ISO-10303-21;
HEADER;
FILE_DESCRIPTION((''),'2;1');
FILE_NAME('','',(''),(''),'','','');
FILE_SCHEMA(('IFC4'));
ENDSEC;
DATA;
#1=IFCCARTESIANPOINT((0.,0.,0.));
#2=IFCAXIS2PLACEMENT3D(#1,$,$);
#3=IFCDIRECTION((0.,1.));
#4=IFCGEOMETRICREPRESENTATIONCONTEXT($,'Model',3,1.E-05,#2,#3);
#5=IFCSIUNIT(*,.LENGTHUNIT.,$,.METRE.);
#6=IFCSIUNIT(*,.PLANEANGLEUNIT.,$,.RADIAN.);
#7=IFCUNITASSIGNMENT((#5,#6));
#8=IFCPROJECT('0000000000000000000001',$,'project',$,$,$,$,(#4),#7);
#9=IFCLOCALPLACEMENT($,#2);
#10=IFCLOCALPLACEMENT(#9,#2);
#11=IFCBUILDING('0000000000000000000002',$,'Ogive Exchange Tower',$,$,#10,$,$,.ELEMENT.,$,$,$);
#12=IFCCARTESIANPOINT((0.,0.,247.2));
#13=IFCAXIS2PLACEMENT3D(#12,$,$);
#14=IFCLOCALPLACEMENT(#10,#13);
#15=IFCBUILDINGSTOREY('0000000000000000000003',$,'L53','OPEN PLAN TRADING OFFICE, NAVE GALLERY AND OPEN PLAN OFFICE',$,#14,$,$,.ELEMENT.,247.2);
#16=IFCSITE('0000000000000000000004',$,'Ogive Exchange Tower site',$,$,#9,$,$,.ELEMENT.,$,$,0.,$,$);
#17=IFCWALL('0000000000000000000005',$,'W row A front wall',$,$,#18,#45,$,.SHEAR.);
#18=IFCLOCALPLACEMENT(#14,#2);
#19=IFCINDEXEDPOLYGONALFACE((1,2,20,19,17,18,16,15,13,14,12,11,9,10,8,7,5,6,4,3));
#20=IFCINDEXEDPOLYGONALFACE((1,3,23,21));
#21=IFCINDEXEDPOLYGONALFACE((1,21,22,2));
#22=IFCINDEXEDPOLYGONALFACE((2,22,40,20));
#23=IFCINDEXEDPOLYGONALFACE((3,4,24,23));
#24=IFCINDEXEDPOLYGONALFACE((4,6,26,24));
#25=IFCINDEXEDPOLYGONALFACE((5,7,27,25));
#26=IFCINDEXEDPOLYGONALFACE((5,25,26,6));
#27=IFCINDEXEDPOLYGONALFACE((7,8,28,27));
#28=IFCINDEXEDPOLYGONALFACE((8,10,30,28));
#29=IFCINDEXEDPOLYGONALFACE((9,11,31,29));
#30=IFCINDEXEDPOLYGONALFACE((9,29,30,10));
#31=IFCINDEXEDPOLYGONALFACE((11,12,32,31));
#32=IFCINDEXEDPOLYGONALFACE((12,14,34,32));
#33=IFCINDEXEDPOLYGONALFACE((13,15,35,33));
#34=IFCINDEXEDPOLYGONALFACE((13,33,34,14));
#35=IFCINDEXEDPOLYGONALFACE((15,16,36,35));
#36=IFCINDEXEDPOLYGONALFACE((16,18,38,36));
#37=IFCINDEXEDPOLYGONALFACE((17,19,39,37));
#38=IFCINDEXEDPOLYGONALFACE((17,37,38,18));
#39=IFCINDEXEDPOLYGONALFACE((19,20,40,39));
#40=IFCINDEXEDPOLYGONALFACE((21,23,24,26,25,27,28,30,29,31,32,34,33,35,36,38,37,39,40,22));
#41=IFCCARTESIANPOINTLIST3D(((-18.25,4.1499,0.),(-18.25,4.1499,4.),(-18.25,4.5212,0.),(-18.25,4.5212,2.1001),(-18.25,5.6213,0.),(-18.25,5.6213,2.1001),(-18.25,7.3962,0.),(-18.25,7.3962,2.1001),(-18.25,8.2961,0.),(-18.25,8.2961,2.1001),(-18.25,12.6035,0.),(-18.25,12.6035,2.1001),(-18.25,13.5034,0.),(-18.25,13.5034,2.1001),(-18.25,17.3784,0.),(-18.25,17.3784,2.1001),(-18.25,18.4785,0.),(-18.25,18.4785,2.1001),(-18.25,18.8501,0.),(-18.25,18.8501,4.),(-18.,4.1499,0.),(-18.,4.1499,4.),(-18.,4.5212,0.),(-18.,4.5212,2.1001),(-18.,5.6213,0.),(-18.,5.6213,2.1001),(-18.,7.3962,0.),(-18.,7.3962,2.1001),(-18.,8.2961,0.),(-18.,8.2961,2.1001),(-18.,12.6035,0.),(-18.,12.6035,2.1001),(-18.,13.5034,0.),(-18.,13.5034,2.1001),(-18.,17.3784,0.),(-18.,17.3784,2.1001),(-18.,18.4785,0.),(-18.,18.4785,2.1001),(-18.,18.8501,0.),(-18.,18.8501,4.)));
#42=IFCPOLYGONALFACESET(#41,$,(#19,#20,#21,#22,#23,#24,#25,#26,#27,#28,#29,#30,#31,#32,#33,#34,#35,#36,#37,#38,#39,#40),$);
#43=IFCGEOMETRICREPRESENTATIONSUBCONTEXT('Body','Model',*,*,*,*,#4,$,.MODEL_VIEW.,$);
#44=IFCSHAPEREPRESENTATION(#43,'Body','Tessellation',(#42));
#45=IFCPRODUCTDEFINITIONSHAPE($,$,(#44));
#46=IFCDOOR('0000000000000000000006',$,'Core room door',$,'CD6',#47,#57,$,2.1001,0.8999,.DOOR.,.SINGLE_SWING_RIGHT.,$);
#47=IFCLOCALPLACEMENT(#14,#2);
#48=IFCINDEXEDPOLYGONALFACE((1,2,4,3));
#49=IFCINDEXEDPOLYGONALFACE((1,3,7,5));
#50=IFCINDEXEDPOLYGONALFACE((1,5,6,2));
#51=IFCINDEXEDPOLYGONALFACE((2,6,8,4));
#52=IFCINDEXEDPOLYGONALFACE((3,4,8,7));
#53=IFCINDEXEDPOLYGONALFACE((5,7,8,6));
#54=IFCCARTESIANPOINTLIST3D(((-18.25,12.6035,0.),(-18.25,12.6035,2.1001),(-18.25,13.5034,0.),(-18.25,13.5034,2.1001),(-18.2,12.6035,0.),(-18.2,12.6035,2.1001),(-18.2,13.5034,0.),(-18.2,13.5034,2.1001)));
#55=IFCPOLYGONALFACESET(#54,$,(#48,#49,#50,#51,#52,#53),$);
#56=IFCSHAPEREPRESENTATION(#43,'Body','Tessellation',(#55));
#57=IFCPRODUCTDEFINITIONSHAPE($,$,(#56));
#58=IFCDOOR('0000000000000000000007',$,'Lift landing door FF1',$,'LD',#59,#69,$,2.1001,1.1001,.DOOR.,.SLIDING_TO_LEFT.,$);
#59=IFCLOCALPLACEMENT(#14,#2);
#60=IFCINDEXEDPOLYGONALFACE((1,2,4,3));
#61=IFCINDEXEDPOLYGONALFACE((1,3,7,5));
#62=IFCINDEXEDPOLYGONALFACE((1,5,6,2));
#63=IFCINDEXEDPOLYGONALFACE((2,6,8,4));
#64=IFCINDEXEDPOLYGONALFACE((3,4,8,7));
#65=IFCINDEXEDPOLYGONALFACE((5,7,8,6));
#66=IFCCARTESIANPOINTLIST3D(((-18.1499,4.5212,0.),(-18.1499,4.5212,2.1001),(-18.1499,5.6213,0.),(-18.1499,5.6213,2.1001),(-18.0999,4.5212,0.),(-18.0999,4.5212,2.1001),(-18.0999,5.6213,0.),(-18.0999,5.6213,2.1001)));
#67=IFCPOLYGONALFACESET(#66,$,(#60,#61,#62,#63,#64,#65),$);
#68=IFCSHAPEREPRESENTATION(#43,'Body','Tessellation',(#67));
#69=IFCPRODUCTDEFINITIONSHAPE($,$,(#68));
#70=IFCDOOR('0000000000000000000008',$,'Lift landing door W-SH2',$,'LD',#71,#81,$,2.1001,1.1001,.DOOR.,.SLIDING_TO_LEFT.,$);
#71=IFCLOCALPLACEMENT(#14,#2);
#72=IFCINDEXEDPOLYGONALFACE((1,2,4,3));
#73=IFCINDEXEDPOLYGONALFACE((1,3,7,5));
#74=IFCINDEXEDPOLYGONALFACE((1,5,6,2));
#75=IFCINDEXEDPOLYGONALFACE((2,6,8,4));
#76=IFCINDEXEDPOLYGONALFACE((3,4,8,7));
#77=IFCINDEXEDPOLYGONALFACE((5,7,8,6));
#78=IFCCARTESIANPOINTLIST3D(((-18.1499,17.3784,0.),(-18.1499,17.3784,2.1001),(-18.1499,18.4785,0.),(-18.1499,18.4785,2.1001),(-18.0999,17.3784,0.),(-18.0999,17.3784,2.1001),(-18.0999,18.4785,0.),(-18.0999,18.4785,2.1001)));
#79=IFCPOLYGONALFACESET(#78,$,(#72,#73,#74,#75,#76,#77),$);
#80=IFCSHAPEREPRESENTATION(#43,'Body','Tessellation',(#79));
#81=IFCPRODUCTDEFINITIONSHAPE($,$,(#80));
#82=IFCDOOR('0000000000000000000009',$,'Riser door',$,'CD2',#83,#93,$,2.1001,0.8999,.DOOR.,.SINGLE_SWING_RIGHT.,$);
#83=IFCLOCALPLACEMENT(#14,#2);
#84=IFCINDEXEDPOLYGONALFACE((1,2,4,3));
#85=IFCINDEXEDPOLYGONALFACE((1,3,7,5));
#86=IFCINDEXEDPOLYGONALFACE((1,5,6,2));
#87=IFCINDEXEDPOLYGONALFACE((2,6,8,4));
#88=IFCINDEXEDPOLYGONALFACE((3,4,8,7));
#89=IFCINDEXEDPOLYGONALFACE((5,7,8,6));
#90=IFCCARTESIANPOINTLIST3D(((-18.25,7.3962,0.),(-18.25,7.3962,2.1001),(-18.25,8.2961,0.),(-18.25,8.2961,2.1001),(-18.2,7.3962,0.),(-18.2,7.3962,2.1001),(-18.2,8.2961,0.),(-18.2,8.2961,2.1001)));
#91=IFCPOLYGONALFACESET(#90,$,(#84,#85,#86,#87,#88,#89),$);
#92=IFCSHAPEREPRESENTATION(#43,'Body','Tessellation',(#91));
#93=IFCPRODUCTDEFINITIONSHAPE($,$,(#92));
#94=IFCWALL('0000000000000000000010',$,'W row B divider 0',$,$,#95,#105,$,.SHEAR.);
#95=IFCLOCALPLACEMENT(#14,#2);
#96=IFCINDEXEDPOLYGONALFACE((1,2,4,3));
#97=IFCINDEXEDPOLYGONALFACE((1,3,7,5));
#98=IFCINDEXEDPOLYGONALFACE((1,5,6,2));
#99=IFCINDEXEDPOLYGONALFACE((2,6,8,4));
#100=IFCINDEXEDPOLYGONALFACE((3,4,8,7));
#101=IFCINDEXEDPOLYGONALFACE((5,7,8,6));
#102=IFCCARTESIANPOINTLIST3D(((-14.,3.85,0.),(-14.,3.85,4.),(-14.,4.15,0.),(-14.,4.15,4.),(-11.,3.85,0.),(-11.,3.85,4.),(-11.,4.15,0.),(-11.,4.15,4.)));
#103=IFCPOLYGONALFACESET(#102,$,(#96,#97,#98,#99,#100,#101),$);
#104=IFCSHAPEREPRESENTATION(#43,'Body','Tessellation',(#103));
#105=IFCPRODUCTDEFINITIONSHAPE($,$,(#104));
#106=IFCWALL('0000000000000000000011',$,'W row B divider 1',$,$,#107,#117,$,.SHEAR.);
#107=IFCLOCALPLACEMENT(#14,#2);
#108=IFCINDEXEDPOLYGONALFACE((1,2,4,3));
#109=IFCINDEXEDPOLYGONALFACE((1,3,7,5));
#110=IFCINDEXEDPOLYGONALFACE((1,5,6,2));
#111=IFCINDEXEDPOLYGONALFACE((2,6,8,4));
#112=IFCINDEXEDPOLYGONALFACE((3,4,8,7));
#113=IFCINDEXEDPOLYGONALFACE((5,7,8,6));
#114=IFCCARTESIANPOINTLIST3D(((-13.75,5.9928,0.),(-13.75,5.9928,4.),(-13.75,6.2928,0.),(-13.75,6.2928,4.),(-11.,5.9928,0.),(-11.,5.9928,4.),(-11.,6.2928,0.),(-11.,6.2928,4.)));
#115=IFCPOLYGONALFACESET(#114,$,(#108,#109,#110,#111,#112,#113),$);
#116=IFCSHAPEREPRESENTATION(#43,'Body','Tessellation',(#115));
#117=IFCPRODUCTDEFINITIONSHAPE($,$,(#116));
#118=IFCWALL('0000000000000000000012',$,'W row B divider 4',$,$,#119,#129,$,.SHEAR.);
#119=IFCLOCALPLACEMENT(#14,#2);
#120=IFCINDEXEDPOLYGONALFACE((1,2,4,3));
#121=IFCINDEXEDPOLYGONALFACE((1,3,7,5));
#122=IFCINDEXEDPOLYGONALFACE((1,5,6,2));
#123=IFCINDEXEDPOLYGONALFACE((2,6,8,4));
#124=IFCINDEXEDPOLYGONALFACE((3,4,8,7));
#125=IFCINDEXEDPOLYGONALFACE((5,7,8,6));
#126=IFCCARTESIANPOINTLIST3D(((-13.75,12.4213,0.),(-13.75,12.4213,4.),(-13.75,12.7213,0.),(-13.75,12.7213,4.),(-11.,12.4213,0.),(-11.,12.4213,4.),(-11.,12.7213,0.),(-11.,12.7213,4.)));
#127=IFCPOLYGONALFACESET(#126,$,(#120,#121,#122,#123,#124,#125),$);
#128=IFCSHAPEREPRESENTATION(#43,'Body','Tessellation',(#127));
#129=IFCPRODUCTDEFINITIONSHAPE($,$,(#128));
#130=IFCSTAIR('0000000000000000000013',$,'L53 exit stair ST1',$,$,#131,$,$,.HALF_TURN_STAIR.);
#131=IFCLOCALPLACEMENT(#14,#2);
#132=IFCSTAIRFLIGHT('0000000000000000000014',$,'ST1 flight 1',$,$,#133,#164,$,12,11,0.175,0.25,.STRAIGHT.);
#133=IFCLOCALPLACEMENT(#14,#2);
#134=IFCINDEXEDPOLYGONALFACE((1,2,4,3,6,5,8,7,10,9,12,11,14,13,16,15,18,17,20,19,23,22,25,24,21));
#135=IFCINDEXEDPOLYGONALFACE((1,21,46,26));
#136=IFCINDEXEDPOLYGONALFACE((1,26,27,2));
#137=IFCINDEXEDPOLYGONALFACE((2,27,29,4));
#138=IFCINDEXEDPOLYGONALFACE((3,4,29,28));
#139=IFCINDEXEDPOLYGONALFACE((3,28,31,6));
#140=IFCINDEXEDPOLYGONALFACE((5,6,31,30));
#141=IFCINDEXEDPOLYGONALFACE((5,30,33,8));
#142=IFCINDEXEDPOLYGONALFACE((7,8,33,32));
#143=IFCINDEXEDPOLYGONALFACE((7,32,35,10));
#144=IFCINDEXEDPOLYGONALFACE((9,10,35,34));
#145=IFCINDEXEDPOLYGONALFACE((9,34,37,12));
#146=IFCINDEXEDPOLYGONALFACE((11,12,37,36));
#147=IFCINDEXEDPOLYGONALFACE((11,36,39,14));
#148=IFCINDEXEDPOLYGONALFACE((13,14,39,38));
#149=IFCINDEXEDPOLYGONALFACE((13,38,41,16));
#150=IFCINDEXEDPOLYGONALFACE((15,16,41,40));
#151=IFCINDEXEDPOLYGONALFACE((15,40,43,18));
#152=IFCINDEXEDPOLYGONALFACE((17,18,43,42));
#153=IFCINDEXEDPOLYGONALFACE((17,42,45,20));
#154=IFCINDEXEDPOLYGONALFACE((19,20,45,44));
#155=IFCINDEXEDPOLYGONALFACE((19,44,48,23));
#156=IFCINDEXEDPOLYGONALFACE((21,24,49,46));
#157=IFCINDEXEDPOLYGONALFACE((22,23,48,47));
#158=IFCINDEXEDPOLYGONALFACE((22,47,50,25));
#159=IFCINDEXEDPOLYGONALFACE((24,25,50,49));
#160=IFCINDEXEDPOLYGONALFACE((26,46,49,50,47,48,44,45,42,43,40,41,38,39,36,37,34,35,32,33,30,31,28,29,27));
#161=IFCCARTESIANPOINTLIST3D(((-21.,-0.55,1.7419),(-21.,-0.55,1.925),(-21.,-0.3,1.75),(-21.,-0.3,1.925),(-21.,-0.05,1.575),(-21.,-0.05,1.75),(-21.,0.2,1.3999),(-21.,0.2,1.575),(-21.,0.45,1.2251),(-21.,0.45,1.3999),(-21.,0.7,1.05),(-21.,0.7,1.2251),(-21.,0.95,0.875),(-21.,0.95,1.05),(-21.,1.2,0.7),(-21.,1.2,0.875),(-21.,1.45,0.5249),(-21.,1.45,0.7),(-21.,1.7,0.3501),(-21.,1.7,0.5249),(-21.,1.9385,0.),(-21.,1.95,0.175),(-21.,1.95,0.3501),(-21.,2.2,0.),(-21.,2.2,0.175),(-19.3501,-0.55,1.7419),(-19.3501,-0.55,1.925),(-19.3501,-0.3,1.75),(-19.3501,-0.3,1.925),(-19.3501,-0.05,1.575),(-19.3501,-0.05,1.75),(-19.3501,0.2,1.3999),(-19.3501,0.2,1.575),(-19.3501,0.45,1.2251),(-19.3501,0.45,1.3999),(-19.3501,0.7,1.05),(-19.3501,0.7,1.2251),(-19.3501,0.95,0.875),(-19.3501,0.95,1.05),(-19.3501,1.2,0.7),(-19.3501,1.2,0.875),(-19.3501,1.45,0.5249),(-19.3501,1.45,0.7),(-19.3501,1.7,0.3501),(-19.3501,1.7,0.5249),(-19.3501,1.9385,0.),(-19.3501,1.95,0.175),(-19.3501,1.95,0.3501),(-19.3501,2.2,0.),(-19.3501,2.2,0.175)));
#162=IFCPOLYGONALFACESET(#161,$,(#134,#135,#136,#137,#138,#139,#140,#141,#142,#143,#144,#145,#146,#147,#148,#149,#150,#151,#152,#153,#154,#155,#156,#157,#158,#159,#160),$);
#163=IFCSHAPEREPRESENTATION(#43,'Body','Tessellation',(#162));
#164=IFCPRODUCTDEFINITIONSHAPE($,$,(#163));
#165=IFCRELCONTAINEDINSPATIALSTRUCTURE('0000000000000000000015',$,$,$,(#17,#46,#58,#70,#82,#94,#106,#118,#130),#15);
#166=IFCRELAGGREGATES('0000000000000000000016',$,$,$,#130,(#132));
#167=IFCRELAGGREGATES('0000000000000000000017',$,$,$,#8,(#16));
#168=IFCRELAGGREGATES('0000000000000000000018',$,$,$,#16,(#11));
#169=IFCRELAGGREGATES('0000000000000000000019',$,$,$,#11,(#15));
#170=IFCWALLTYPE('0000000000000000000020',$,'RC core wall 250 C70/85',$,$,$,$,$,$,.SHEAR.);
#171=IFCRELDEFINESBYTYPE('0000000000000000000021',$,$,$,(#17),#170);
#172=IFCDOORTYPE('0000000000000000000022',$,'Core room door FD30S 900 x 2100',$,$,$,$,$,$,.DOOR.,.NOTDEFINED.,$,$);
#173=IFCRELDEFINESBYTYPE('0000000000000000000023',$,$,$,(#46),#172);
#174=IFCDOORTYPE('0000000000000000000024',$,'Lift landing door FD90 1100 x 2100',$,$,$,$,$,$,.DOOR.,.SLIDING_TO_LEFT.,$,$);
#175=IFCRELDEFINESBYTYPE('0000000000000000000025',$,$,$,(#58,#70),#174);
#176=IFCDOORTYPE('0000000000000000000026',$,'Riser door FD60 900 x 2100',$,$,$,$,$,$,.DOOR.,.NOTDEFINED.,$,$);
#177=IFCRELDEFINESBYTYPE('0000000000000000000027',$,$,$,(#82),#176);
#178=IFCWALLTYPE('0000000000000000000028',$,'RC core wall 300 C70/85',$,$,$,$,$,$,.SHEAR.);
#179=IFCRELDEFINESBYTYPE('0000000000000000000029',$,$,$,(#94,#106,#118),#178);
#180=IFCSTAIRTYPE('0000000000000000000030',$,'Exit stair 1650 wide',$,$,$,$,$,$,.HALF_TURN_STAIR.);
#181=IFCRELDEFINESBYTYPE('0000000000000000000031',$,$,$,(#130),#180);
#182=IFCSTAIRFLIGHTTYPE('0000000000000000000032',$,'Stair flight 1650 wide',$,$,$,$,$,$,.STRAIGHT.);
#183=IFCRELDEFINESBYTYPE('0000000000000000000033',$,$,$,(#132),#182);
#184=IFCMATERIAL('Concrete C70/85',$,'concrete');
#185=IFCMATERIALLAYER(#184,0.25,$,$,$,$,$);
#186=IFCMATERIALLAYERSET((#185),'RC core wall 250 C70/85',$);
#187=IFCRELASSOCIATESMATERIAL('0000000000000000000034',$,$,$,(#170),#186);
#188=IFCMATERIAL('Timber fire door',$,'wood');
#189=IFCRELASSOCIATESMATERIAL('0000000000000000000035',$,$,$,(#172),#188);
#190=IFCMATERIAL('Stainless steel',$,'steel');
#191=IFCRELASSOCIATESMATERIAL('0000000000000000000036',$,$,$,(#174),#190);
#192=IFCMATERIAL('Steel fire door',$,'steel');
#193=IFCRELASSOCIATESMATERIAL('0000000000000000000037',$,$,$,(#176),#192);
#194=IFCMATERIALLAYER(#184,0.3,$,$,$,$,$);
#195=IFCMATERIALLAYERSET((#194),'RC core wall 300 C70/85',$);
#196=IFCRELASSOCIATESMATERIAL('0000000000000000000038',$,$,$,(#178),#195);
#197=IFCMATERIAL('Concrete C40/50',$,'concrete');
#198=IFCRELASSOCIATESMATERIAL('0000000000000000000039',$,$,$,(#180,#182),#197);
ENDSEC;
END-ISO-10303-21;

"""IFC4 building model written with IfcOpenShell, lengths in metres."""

from ifc_helpers import new_model, si_unit, direction, frame, frame_2d, origin, place, context, subcontext, project, spatial, polyline, rectangle, outline, extrude, material, layer, layer_set, type_object, element, fill, aggregate, save


model = new_model("IFC4")

# Units and contexts
model_context = context("Model", 3, precision=1e-05, world=origin(), true_north=direction((0.0, 1.0)))
body_context = subcontext(model_context, "Body", "Model", "MODEL_VIEW")
ifc_project = project(units=[si_unit("LENGTHUNIT", "METRE"), si_unit("PLANEANGLEUNIT", "RADIAN")], contexts=[model_context])

# Site, building, storey
site_placement = place(None, origin())
site = spatial("IfcSite", under=ifc_project, at=site_placement, Name="Ogive Exchange Tower site", CompositionType="ELEMENT", RefElevation=0.0)
building_placement = place(site_placement, origin())
building = spatial("IfcBuilding", under=site, at=building_placement, Name="Ogive Exchange Tower", CompositionType="ELEMENT")
storey_placement = place(building_placement, frame((0.0, 0.0, 247.2)))
storey = spatial("IfcBuildingStorey", under=building, at=storey_placement, Name="L53", Description="OPEN PLAN TRADING OFFICE, NAVE GALLERY AND OPEN PLAN OFFICE", CompositionType="ELEMENT", Elevation=247.2)

# Shared definitions
ifc_material_1 = material(Name="Concrete C70/85", Category="concrete")
ifc_material_2 = material(Name="Steel fire door", Category="steel")

# Wall, openings, doors
ifc_layer_1 = layer(ifc_material_1, 0.25)
ifc_layer_set_1 = layer_set([ifc_layer_1], Name="RC core wall 250 C70/85")
wall_type_1 = type_object("IfcWallType", Name="RC core wall 250 C70/85", PredefinedType="SHEAR", material=ifc_layer_set_1)
wall_1_placement = place(storey_placement, frame((-18.125, 4.1499, 0.0), z_axis=(0.0, 0.0, 1.0), x_axis=(0.0, 1.0, 0.0)))
wall_1 = element("IfcWall", 1, at=wall_1_placement, inside=storey, type_object=wall_type_1, Name="W row A front wall", PredefinedType="SHEAR", context=body_context, shape_type="SweptSolid", body=[
    extrude(rectangle(XDim=14.7002, YDim=0.25, at=frame_2d((7.3501, 0.0))), origin(), (0.0, 0.0, 1.0), 4.0),
])
opening_1_placement = place(wall_1_placement, frame((3.2463, 0.0, 0.0)))
opening_1 = element("IfcOpeningElement", 2, at=opening_1_placement, cuts=wall_1, PredefinedType="OPENING", context=body_context, shape_type="SweptSolid", body=[
    extrude(rectangle(XDim=0.8999, YDim=2.1001, at=frame_2d((0.45, 1.05))), frame((0.0, 0.135, 0.0), z_axis=(0.0, -1.0, 0.0), x_axis=(1.0, 0.0, 0.0)), (0.0, 0.0, 1.0), 0.27),
])
opening_2_placement = place(wall_1_placement, frame((8.4536, 0.0, 0.0)))
opening_2 = element("IfcOpeningElement", 3, at=opening_2_placement, cuts=wall_1, PredefinedType="OPENING", context=body_context, shape_type="SweptSolid", body=[
    extrude(rectangle(XDim=0.8999, YDim=2.1001, at=frame_2d((0.45, 1.05))), frame((0.0, 0.135, 0.0), z_axis=(0.0, -1.0, 0.0), x_axis=(1.0, 0.0, 0.0)), (0.0, 0.0, 1.0), 0.27),
])
opening_3_placement = place(wall_1_placement, frame((0.3713, 0.0, 0.0)))
opening_3 = element("IfcOpeningElement", 4, at=opening_3_placement, cuts=wall_1, PredefinedType="OPENING", context=body_context, shape_type="SweptSolid", body=[
    extrude(rectangle(XDim=1.1001, YDim=2.1001, at=frame_2d((0.55, 1.05))), frame((0.0, 0.135, 0.0), z_axis=(0.0, -1.0, 0.0), x_axis=(1.0, 0.0, 0.0)), (0.0, 0.0, 1.0), 0.27),
])
opening_4_placement = place(wall_1_placement, frame((13.2285, 0.0, 0.0)))
opening_4 = element("IfcOpeningElement", 5, at=opening_4_placement, cuts=wall_1, PredefinedType="OPENING", context=body_context, shape_type="SweptSolid", body=[
    extrude(rectangle(XDim=1.1001, YDim=2.1001, at=frame_2d((0.55, 1.05))), frame((0.0, 0.135, 0.0), z_axis=(0.0, -1.0, 0.0), x_axis=(1.0, 0.0, 0.0)), (0.0, 0.0, 1.0), 0.27),
])
ifc_material_3 = material(Name="Timber fire door", Category="wood")
door_type_1 = type_object("IfcDoorType", Name="Core room door FD30S 900 x 2100", OperationType="NOTDEFINED", PredefinedType="DOOR", material=ifc_material_3)
door_1_placement = place(opening_2_placement, origin())
door_1 = element("IfcDoor", 6, at=door_1_placement, inside=storey, type_object=door_type_1, Name="Core room door", ObjectType="CD6", OperationType="SINGLE_SWING_RIGHT", OverallHeight=2.1001, OverallWidth=0.8999, PredefinedType="DOOR", context=body_context, shape_type="SweptSolid", body=[
    extrude(rectangle(XDim=0.8999, YDim=2.1001, at=frame_2d((0.45, 1.05))), frame((0.0, 0.125, 0.0), z_axis=(0.0, -1.0, 0.0), x_axis=(1.0, 0.0, 0.0)), (0.0, 0.0, 1.0), 0.05),
])
fill(opening_2, door_1)
ifc_material_4 = material(Name="Stainless steel", Category="steel")
door_type_2 = type_object("IfcDoorType", Name="Lift landing door FD90 1100 x 2100", OperationType="SLIDING_TO_LEFT", PredefinedType="DOOR", material=ifc_material_4)
door_2_placement = place(opening_3_placement, origin())
door_2 = element("IfcDoor", 7, at=door_2_placement, inside=storey, type_object=door_type_2, Name="Lift landing door FF1", ObjectType="LD", OperationType="SLIDING_TO_LEFT", OverallHeight=2.1001, OverallWidth=1.1001, PredefinedType="DOOR", context=body_context, shape_type="SweptSolid", body=[
    extrude(rectangle(XDim=1.1001, YDim=2.1001, at=frame_2d((0.55, 1.05))), frame((0.0, 0.0249, 0.0), z_axis=(0.0, -1.0, 0.0), x_axis=(1.0, 0.0, 0.0)), (0.0, 0.0, 1.0), 0.05),
])
fill(opening_3, door_2)
door_3_placement = place(opening_4_placement, origin())
door_3 = element("IfcDoor", 8, at=door_3_placement, inside=storey, type_object=door_type_2, Name="Lift landing door W-SH2", ObjectType="LD", OperationType="SLIDING_TO_LEFT", OverallHeight=2.1001, OverallWidth=1.1001, PredefinedType="DOOR", context=body_context, shape_type="SweptSolid", body=[
    extrude(rectangle(XDim=1.1001, YDim=2.1001, at=frame_2d((0.55, 1.05))), frame((0.0, 0.0249, 0.0), z_axis=(0.0, -1.0, 0.0), x_axis=(1.0, 0.0, 0.0)), (0.0, 0.0, 1.0), 0.05),
])
fill(opening_4, door_3)
door_type_3 = type_object("IfcDoorType", Name="Riser door FD60 900 x 2100", OperationType="NOTDEFINED", PredefinedType="DOOR", material=ifc_material_2)
door_4_placement = place(opening_1_placement, origin())
door_4 = element("IfcDoor", 9, at=door_4_placement, inside=storey, type_object=door_type_3, Name="Riser door", ObjectType="CD2", OperationType="SINGLE_SWING_RIGHT", OverallHeight=2.1001, OverallWidth=0.8999, PredefinedType="DOOR", context=body_context, shape_type="SweptSolid", body=[
    extrude(rectangle(XDim=0.8999, YDim=2.1001, at=frame_2d((0.45, 1.05))), frame((0.0, 0.125, 0.0), z_axis=(0.0, -1.0, 0.0), x_axis=(1.0, 0.0, 0.0)), (0.0, 0.0, 1.0), 0.05),
])
fill(opening_1, door_4)

# Walls
ifc_layer_2 = layer(ifc_material_1, 0.3)
ifc_layer_set_2 = layer_set([ifc_layer_2], Name="RC core wall 300 C70/85")
wall_type_2 = type_object("IfcWallType", Name="RC core wall 300 C70/85", PredefinedType="SHEAR", material=ifc_layer_set_2)
wall_2_placement = place(storey_placement, frame((-14.0, 4.0, 0.0), z_axis=(0.0, 0.0, 1.0), x_axis=(1.0, 0.0, 0.0)))
element("IfcWall", 10, at=wall_2_placement, inside=storey, type_object=wall_type_2, Name="W row B divider 0", PredefinedType="SHEAR", context=body_context, shape_type="SweptSolid", body=[
    extrude(rectangle(XDim=3.0, YDim=0.3, at=frame_2d((1.5, 0.0))), origin(), (0.0, 0.0, 1.0), 4.0),
])
for number, where, z_axis, x_axis, name in (
    (11, (-13.75, 6.1428, 0.0), (0.0, 0.0, 1.0), (1.0, 0.0, 0.0), "W row B divider 1"),
    (12, (-13.75, 12.5713, 0.0), (0.0, 0.0, 1.0), (1.0, 0.0, 0.0), "W row B divider 4"),
):
    element("IfcWall", number, at=place(storey_placement, frame(where, z_axis=z_axis, x_axis=x_axis)), inside=storey, type_object=wall_type_2, Name=name, PredefinedType="SHEAR", context=body_context, shape_type="SweptSolid", body=[
        extrude(rectangle(XDim=2.75, YDim=0.3, at=frame_2d((1.375, 0.0))), origin(), (0.0, 0.0, 1.0), 4.0),
    ])

# Stair, stair flight
ifc_material_5 = material(Name="Concrete C40/50", Category="concrete")
stair_type = type_object("IfcStairType", Name="Exit stair 1650 wide", PredefinedType="HALF_TURN_STAIR", material=ifc_material_5)
stair_placement = place(storey_placement, origin())
stair = element("IfcStair", 13, at=stair_placement, inside=storey, type_object=stair_type, Name="L53 exit stair ST1", PredefinedType="HALF_TURN_STAIR")
stair_flight_type = type_object("IfcStairFlightType", Name="Stair flight 1650 wide", PredefinedType="STRAIGHT", material=ifc_material_5)
stair_flight_placement = place(storey_placement, frame((-20.175, 2.2, 0.0), z_axis=(0.0, 0.0, 1.0), x_axis=(0.0, -1.0, 0.0)))
stair_flight = element("IfcStairFlight", 14, at=stair_flight_placement, type_object=stair_flight_type, Name="ST1 flight 1", NumberOfRisers=12, NumberOfTreads=11, PredefinedType="STRAIGHT", RiserHeight=0.175, TreadLength=0.25, context=body_context, shape_type="SweptSolid", body=[
    extrude(outline(polyline([(0.0, 0.0), (0.0, 0.175), (0.25, 0.175), (0.25, 0.3501), (0.5, 0.3501), (0.5, 0.5249), (0.75, 0.5249), (0.75, 0.7), (1.0, 0.7), (1.0, 0.875), (1.25, 0.875), (1.25, 1.05), (1.5, 1.05), (1.5, 1.2251), (1.75, 1.2251), (1.75, 1.3999), (2.0, 1.3999), (2.0, 1.575), (2.25, 1.575), (2.25, 1.75), (2.5, 1.75), (2.5, 1.925), (2.75, 1.925), (2.75, 2.1001), (2.75, 1.7419), (0.2615, 0.0), (0.0, 0.0)])), frame((0.0, 0.825, 0.0), z_axis=(0.0, -1.0, 0.0), x_axis=(1.0, 0.0, 0.0)), (0.0, 0.0, 1.0), 1.6499),
])
aggregate(stair, [stair_flight])

save(model, "model.ifc")
